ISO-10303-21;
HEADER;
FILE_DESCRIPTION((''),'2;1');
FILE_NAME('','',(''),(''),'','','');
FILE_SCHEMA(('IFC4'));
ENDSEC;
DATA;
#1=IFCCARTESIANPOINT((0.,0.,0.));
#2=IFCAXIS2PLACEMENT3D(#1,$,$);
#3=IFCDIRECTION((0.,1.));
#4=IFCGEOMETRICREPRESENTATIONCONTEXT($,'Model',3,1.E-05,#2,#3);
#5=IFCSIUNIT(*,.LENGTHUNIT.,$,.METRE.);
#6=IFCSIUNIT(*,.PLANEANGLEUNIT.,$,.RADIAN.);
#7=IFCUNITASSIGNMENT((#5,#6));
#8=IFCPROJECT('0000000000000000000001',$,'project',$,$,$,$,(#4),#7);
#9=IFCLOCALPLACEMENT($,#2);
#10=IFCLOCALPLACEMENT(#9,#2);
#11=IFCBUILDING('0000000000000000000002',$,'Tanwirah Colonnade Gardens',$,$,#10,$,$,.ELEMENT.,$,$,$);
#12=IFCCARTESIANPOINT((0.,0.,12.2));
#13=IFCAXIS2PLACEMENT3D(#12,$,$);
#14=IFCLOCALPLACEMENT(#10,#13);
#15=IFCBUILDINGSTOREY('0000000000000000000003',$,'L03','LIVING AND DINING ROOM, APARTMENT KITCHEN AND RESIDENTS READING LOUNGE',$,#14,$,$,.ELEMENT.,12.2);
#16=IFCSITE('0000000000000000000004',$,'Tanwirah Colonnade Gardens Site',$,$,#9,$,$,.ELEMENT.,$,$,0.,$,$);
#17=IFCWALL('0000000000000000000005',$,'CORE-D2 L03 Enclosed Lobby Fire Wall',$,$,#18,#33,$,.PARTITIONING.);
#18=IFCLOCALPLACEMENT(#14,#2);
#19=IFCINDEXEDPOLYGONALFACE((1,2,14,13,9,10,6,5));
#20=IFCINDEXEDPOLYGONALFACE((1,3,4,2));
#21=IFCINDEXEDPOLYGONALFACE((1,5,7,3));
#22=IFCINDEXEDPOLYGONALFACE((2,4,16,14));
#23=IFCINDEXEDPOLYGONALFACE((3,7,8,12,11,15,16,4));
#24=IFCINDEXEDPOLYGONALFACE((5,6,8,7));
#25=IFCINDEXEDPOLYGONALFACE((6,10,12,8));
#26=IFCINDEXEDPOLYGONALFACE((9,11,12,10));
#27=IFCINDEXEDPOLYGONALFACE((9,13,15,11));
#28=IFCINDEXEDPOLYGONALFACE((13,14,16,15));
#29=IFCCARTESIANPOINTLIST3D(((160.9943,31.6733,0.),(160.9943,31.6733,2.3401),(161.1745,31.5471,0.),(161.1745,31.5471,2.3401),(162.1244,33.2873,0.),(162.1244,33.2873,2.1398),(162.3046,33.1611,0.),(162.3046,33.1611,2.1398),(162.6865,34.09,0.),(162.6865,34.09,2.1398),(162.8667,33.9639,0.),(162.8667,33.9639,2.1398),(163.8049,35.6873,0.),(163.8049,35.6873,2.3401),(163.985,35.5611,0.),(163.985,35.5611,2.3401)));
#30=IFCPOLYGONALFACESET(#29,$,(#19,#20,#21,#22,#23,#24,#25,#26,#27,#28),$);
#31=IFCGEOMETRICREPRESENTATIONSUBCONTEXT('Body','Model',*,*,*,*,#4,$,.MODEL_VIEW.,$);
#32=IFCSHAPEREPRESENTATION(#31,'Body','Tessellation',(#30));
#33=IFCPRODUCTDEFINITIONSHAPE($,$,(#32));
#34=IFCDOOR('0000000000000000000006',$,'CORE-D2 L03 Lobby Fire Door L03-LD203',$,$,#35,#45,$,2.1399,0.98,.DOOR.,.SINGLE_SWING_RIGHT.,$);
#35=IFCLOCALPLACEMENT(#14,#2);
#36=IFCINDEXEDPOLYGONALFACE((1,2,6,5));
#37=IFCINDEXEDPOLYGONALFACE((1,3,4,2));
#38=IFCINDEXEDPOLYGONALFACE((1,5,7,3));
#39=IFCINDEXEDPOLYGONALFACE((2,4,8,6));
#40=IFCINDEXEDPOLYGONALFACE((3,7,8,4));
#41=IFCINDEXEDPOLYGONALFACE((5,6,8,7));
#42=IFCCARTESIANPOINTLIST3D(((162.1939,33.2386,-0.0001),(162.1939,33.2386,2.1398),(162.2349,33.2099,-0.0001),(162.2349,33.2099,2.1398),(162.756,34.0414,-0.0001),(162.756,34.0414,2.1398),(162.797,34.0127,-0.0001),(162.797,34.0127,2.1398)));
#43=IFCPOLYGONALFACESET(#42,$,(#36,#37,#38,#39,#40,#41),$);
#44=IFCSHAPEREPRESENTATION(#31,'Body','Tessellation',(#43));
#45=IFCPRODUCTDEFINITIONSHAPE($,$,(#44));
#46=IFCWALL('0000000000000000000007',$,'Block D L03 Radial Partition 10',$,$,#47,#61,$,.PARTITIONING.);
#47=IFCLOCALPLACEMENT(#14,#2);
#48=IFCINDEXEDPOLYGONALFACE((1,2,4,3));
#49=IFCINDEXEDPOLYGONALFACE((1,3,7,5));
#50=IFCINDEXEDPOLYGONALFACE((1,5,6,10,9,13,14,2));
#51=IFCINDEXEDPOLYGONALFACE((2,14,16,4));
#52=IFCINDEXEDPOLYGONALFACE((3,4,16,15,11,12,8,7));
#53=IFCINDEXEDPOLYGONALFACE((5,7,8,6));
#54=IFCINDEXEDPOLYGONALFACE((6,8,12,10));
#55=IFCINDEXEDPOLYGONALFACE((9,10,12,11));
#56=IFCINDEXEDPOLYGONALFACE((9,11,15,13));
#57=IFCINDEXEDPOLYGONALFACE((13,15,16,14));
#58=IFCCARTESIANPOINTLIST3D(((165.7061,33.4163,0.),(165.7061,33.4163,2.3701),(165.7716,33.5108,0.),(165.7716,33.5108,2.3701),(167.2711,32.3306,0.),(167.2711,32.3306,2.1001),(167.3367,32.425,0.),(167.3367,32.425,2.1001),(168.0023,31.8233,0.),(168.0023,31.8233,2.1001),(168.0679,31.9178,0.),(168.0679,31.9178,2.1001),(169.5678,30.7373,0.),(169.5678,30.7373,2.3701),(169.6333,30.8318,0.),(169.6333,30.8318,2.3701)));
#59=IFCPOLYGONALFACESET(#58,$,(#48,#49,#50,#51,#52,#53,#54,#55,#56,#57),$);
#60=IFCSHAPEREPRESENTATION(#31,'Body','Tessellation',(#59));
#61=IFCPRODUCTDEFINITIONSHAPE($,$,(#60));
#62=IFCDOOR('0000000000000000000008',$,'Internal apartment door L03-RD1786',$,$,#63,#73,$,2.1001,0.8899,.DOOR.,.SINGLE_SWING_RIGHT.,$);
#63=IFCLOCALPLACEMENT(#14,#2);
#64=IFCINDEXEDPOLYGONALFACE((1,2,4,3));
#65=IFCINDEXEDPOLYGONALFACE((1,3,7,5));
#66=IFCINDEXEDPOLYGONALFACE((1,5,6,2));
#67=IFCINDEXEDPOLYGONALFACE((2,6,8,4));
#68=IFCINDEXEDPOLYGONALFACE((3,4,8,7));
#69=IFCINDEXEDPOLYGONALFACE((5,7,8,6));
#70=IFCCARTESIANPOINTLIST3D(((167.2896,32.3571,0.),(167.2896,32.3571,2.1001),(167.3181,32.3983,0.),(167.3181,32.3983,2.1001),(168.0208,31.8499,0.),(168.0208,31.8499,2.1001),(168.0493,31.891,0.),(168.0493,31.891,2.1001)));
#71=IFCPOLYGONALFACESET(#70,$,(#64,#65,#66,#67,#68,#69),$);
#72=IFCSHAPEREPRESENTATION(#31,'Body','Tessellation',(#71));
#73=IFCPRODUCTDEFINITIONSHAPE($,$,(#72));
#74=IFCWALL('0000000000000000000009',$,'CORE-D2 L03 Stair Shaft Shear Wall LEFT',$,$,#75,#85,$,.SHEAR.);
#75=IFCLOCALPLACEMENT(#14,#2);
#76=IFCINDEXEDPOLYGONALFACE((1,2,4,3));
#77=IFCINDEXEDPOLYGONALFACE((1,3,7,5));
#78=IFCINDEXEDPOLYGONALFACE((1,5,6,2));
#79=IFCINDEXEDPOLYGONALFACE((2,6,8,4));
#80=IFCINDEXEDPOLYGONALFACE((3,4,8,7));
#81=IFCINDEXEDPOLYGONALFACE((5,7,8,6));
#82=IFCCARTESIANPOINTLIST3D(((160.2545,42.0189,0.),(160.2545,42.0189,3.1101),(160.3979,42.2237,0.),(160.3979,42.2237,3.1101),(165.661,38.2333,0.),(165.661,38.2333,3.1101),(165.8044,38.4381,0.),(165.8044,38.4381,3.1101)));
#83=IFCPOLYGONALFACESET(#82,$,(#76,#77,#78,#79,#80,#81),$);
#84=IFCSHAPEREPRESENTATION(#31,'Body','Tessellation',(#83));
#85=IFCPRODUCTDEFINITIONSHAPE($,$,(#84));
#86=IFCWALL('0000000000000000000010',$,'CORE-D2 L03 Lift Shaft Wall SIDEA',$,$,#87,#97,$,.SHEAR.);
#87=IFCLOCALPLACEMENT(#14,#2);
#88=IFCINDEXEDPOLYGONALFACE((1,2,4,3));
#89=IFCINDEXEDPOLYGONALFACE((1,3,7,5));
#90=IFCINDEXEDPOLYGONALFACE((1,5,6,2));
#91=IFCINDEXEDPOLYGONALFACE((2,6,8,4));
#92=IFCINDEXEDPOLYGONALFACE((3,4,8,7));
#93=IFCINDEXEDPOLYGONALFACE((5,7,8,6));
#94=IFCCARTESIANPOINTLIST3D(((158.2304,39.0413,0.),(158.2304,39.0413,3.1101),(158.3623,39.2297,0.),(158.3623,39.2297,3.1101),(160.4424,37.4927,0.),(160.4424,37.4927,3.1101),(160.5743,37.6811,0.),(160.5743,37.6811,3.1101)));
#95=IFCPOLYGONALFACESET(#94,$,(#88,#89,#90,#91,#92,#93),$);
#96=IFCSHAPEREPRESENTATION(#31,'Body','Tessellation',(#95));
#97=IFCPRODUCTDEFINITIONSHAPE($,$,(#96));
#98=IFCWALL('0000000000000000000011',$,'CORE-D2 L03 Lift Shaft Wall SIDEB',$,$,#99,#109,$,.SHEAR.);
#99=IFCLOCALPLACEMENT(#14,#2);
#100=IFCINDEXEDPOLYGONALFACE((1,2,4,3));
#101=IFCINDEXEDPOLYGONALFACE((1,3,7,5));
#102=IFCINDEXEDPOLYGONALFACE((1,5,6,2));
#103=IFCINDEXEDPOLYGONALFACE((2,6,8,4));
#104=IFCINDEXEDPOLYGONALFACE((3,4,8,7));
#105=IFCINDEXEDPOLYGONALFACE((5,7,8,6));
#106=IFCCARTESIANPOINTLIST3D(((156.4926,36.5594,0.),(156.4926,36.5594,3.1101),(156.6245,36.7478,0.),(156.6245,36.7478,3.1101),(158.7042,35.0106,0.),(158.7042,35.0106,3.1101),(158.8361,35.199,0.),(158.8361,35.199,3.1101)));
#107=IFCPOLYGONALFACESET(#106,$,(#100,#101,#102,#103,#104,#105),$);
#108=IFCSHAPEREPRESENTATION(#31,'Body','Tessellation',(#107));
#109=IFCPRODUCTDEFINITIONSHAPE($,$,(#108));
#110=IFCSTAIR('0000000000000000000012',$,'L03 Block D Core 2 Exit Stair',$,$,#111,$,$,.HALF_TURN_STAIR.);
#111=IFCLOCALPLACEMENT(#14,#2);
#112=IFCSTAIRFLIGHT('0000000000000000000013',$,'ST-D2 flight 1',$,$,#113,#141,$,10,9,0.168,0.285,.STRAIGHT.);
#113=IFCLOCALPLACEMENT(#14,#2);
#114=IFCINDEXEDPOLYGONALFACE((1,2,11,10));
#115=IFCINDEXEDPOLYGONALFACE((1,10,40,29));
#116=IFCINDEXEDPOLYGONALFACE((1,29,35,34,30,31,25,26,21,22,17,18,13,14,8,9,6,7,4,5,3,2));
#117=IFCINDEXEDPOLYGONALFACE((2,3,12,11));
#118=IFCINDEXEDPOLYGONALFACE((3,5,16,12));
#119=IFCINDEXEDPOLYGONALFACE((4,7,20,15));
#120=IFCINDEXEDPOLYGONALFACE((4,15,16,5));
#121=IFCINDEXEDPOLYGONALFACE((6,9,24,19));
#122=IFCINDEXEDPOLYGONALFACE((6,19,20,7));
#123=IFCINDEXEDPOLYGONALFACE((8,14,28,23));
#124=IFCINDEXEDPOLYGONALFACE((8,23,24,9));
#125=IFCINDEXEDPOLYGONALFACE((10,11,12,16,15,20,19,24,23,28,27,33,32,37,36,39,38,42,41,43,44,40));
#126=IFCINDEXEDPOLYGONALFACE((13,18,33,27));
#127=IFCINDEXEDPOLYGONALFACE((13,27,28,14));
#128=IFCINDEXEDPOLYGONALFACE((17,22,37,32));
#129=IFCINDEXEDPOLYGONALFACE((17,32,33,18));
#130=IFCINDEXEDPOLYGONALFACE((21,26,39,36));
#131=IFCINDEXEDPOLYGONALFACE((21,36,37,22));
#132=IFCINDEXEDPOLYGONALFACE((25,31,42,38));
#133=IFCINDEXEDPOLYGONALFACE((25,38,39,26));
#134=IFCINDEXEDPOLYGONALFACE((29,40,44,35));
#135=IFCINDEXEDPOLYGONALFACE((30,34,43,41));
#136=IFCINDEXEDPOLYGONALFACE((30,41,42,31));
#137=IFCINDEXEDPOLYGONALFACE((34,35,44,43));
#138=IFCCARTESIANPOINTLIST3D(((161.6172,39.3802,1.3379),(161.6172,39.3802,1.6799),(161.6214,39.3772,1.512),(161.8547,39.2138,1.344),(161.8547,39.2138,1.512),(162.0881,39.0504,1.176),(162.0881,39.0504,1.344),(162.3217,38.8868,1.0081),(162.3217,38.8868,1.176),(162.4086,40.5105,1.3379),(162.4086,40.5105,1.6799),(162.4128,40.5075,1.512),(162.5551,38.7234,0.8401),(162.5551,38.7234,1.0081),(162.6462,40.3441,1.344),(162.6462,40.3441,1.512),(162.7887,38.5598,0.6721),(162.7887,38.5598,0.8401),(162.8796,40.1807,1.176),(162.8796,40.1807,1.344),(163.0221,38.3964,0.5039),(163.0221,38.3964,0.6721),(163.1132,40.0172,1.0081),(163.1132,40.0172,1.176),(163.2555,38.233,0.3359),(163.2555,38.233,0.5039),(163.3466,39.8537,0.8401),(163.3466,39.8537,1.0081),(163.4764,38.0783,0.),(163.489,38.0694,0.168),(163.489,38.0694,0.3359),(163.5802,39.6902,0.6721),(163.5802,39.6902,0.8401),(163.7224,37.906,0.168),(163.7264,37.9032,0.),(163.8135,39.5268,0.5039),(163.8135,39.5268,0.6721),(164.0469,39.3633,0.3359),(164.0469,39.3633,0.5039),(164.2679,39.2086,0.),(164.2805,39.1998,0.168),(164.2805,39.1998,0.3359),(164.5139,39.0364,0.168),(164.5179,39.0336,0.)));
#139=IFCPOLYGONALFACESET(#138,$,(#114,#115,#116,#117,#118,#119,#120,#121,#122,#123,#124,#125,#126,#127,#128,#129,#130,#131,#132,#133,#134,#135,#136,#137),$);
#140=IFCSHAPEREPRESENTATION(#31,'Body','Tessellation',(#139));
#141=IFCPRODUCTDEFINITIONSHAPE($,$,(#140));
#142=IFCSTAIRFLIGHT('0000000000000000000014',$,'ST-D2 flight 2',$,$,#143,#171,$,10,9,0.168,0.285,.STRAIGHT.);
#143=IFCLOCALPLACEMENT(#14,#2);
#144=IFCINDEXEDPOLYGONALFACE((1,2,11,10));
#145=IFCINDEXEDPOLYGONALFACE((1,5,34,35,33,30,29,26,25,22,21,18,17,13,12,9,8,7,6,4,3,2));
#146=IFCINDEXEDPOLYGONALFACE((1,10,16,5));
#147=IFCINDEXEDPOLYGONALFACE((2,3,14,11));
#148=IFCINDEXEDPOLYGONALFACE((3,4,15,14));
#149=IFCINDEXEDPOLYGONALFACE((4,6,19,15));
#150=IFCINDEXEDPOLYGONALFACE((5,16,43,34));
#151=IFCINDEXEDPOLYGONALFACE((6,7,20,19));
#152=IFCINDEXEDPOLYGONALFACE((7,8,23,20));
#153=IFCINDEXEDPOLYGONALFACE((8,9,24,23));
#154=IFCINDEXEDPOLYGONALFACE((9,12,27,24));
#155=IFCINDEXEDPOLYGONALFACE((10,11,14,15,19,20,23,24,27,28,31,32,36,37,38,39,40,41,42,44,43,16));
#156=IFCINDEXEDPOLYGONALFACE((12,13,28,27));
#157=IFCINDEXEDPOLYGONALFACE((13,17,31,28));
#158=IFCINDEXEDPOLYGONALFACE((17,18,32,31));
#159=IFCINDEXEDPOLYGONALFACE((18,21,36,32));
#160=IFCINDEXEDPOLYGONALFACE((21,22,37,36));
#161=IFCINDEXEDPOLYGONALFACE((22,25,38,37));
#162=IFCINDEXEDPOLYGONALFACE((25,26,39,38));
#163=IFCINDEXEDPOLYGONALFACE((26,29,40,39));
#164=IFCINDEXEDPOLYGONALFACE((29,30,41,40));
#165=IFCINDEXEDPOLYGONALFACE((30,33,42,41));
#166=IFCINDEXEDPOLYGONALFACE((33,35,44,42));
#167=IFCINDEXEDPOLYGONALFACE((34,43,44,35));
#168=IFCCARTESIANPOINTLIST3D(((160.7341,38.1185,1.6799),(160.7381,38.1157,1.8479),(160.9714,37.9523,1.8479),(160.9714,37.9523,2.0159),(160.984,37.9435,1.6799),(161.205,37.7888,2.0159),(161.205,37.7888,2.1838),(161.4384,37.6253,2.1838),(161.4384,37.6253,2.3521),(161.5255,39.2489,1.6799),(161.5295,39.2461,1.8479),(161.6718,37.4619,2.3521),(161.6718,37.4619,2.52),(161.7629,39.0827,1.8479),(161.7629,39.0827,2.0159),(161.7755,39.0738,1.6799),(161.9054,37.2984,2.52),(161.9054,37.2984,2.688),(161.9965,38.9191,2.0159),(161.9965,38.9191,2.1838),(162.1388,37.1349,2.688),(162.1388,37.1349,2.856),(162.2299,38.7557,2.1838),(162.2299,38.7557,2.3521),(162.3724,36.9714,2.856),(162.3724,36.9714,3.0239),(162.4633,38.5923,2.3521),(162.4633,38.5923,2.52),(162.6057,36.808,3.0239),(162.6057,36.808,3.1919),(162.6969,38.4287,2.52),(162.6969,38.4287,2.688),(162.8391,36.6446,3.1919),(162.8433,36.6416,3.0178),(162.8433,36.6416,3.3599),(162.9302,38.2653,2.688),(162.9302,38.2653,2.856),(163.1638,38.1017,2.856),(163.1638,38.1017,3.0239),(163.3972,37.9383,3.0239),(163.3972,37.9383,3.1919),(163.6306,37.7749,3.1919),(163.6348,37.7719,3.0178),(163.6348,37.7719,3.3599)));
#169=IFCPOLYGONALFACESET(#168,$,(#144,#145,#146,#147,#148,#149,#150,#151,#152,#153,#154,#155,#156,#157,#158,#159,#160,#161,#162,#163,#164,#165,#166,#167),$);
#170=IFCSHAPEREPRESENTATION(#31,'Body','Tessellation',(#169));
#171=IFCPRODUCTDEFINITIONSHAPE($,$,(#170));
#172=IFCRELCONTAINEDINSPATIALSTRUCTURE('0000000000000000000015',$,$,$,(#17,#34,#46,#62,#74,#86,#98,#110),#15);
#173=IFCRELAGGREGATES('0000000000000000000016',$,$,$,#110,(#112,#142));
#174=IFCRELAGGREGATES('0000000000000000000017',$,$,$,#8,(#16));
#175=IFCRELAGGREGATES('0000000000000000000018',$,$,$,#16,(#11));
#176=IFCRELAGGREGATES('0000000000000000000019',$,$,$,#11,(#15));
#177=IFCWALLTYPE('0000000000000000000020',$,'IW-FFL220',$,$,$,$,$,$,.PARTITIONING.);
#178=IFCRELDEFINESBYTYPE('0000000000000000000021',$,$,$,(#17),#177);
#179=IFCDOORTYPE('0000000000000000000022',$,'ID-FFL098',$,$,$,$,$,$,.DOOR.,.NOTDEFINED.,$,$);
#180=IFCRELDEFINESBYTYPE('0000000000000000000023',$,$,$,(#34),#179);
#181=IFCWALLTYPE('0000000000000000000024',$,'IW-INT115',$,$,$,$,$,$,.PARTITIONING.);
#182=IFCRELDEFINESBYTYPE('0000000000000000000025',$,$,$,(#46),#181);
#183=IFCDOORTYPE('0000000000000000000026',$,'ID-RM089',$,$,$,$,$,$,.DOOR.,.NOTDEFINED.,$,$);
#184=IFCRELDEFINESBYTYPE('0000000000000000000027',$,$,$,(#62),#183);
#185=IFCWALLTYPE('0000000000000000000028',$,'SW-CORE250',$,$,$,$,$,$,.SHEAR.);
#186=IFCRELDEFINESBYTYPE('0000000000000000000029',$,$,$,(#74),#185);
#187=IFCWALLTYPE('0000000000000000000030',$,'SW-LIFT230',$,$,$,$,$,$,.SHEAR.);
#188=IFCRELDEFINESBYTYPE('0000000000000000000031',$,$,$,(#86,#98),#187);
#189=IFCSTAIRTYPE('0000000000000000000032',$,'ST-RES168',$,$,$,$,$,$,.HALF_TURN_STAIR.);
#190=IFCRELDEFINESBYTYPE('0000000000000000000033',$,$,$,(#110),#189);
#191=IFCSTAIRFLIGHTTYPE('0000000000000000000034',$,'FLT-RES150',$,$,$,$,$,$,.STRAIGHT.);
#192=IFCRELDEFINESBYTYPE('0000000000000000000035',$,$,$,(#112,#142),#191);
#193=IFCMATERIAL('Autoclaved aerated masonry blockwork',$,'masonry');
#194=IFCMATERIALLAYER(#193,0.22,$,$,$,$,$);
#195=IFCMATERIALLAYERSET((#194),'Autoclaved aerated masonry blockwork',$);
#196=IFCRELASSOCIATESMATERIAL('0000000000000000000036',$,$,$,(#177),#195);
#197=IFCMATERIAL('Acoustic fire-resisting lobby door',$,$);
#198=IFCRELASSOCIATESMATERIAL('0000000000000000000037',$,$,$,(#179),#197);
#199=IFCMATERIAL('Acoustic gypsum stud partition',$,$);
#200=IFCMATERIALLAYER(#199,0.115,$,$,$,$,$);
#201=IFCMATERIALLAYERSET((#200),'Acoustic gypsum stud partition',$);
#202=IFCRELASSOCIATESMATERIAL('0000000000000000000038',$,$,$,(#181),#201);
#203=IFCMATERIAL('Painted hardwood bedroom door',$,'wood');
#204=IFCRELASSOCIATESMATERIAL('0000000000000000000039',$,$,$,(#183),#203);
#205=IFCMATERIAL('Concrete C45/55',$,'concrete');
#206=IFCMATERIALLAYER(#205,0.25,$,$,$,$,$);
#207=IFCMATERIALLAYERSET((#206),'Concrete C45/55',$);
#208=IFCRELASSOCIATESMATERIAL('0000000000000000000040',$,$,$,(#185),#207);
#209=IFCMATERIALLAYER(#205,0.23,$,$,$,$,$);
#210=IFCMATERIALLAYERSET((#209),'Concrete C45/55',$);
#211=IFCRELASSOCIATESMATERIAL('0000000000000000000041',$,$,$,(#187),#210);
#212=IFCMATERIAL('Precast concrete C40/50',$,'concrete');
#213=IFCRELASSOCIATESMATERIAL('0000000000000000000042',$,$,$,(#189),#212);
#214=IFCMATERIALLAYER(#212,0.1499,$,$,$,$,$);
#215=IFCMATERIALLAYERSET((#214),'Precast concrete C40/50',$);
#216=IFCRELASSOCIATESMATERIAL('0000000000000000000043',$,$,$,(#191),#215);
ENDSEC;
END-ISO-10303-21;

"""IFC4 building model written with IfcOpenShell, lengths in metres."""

from ifc_helpers import new_model, si_unit, direction, frame, frame_2d, origin, place, context, subcontext, project, spatial, polyline, rectangle, outline, extrude, material, layer, layer_set, type_object, element, fill, aggregate, save


model = new_model("IFC4")

# Units and contexts
model_context = context("Model", 3, precision=1e-05, world=origin(), true_north=direction((0.0, 1.0)))
body_context = subcontext(model_context, "Body", "Model", "MODEL_VIEW")
ifc_project = project(units=[si_unit("LENGTHUNIT", "METRE"), si_unit("PLANEANGLEUNIT", "RADIAN")], contexts=[model_context])

# Site, building, storey
site_placement = place(None, origin())
site = spatial("IfcSite", under=ifc_project, at=site_placement, Name="Tanwirah Colonnade Gardens Site", CompositionType="ELEMENT", RefElevation=0.0)
building_placement = place(site_placement, origin())
building = spatial("IfcBuilding", under=site, at=building_placement, Name="Tanwirah Colonnade Gardens", CompositionType="ELEMENT")
storey_placement = place(building_placement, frame((0.0, 0.0, 12.2)))
storey = spatial("IfcBuildingStorey", under=building, at=storey_placement, Name="L03", Description="LIVING AND DINING ROOM, APARTMENT KITCHEN AND RESIDENTS READING LOUNGE", CompositionType="ELEMENT", Elevation=12.2)

# Shared definitions
ifc_material_1 = material(Name="Precast concrete C40/50", Category="concrete")

# Walls, openings, doors
ifc_material_2 = material(Name="Autoclaved aerated masonry blockwork", Category="masonry")
ifc_layer_1 = layer(ifc_material_2, 0.22)
ifc_layer_set_1 = layer_set([ifc_layer_1], Name="Autoclaved aerated masonry blockwork")
wall_type_1 = type_object("IfcWallType", Name="IW-FFL220", PredefinedType="PARTITIONING", material=ifc_layer_set_1)
wall_1_placement = place(storey_placement, frame((163.895, 35.6243, 0.0), z_axis=(0.0, 0.0, 1.0), x_axis=(-0.573573, -0.819155, 0.0)))
wall_1 = element("IfcWall", 1, at=wall_1_placement, inside=storey, type_object=wall_type_1, Name="CORE-D2 L03 Enclosed Lobby Fire Wall", PredefinedType="PARTITIONING", context=body_context, shape_type="SweptSolid", body=[
    extrude(rectangle(XDim=4.9001, YDim=0.22, at=frame_2d((2.4502, 0.0))), origin(), (0.0, 0.0, 1.0), 2.3401),
])
opening_1_placement = place(wall_1_placement, frame((1.95, 0.0, 0.0)))
opening_1 = element("IfcOpeningElement", 2, at=opening_1_placement, cuts=wall_1, PredefinedType="OPENING", context=body_context, shape_type="SweptSolid", body=[
    extrude(rectangle(XDim=0.98, YDim=2.1399, at=frame_2d((0.49, 1.0698))), frame((0.0, 0.1199, 0.0), z_axis=(0.0, -1.0, 0.0), x_axis=(1.0, 0.0, 0.0)), (0.0, 0.0, 1.0), 0.24),
])
ifc_material_3 = material(Name="Acoustic fire-resisting lobby door")
door_type_1 = type_object("IfcDoorType", Name="ID-FFL098", OperationType="NOTDEFINED", PredefinedType="DOOR", material=ifc_material_3)
door_1_placement = place(opening_1_placement, origin())
door_1 = element("IfcDoor", 3, at=door_1_placement, inside=storey, type_object=door_type_1, Name="CORE-D2 L03 Lobby Fire Door L03-LD203", OperationType="SINGLE_SWING_RIGHT", OverallHeight=2.1399, OverallWidth=0.98, PredefinedType="DOOR", context=body_context, shape_type="SweptSolid", body=[
    extrude(rectangle(XDim=0.98, YDim=2.1399, at=frame_2d((0.49, 1.0698))), frame((0.0, 0.0249, 0.0), z_axis=(0.0, -1.0, 0.0), x_axis=(1.0, 0.0, 0.0)), (0.0, 0.0, 1.0), 0.05),
])
fill(opening_1, door_1)
ifc_material_4 = material(Name="Acoustic gypsum stud partition")
ifc_layer_2 = layer(ifc_material_4, 0.115)
ifc_layer_set_2 = layer_set([ifc_layer_2], Name="Acoustic gypsum stud partition")
wall_type_2 = type_object("IfcWallType", Name="IW-INT115", PredefinedType="PARTITIONING", material=ifc_layer_set_2)
wall_2_placement = place(storey_placement, frame((165.7388, 33.4636, 0.0), z_axis=(0.0, 0.0, 1.0), x_axis=(0.821638, -0.570009, 0.0)))
wall_2 = element("IfcWall", 4, at=wall_2_placement, inside=storey, type_object=wall_type_2, Name="Block D L03 Radial Partition 10", PredefinedType="PARTITIONING", context=body_context, shape_type="SweptSolid", body=[
    extrude(rectangle(XDim=4.7, YDim=0.115, at=frame_2d((2.3501, 0.0))), origin(), (0.0, 0.0, 1.0), 2.3701),
])
opening_2_placement = place(wall_2_placement, frame((1.905, 0.0, 0.0)))
opening_2 = element("IfcOpeningElement", 5, at=opening_2_placement, cuts=wall_2, PredefinedType="OPENING", context=body_context, shape_type="SweptSolid", body=[
    extrude(rectangle(XDim=0.8899, YDim=2.1001, at=frame_2d((0.4448, 1.05))), frame((0.0, 0.0674, 0.0), z_axis=(0.0, -1.0, 0.0), x_axis=(1.0, 0.0, 0.0)), (0.0, 0.0, 1.0), 0.135),
])
ifc_material_5 = material(Name="Painted hardwood bedroom door", Category="wood")
door_type_2 = type_object("IfcDoorType", Name="ID-RM089", OperationType="NOTDEFINED", PredefinedType="DOOR", material=ifc_material_5)
door_2_placement = place(opening_2_placement, origin())
door_2 = element("IfcDoor", 6, at=door_2_placement, inside=storey, type_object=door_type_2, Name="Internal apartment door L03-RD1786", OperationType="SINGLE_SWING_RIGHT", OverallHeight=2.1001, OverallWidth=0.8899, PredefinedType="DOOR", context=body_context, shape_type="SweptSolid", body=[
    extrude(rectangle(XDim=0.8899, YDim=2.1001, at=frame_2d((0.4448, 1.05))), frame((0.0, 0.0249, 0.0), z_axis=(0.0, -1.0, 0.0), x_axis=(1.0, 0.0, 0.0)), (0.0, 0.0, 1.0), 0.05),
])
fill(opening_2, door_2)

# Wall
ifc_material_6 = material(Name="Concrete C45/55", Category="concrete")
ifc_layer_3 = layer(ifc_material_6, 0.25)
ifc_layer_set_3 = layer_set([ifc_layer_3], Name="Concrete C45/55")
wall_type_3 = type_object("IfcWallType", Name="SW-CORE250", PredefinedType="SHEAR", material=ifc_layer_set_3)
wall_3_placement = place(storey_placement, frame((165.7327, 38.3357, 0.0), z_axis=(0.0, 0.0, 1.0), x_axis=(-0.819154, 0.573574, 0.0)))
element("IfcWall", 7, at=wall_3_placement, inside=storey, type_object=wall_type_3, Name="CORE-D2 L03 Stair Shaft Shear Wall LEFT", PredefinedType="SHEAR", context=body_context, shape_type="SweptSolid", body=[
    extrude(rectangle(XDim=6.6001, YDim=0.25, at=frame_2d((3.3, 0.0))), origin(), (0.0, 0.0, 1.0), 3.1101),
])

# Shared definitions
ifc_layer_4 = layer(ifc_material_6, 0.23)
ifc_layer_set_4 = layer_set([ifc_layer_4], Name="Concrete C45/55")
wall_type_4 = type_object("IfcWallType", Name="SW-LIFT230", PredefinedType="SHEAR", material=ifc_layer_set_4)

# Walls
wall_4_placement = place(storey_placement, frame((160.5083, 37.5869, 0.0), z_axis=(0.0, 0.0, 1.0), x_axis=(-0.819189, 0.573523, 0.0)))
element("IfcWall", 8, at=wall_4_placement, inside=storey, type_object=wall_type_4, Name="CORE-D2 L03 Lift Shaft Wall SIDEA", PredefinedType="SHEAR", context=body_context, shape_type="SweptSolid", body=[
    extrude(rectangle(XDim=2.7002, YDim=0.23, at=frame_2d((1.3501, 0.0))), origin(), (0.0, 0.0, 1.0), 3.1101),
])
wall_5_placement = place(storey_placement, frame((158.7703, 35.1047, 0.0), z_axis=(0.0, 0.0, 1.0), x_axis=(-0.819117, 0.573626, 0.0)))
element("IfcWall", 9, at=wall_5_placement, inside=storey, type_object=wall_type_4, Name="CORE-D2 L03 Lift Shaft Wall SIDEB", PredefinedType="SHEAR", context=body_context, shape_type="SweptSolid", body=[
    extrude(rectangle(XDim=2.7, YDim=0.23, at=frame_2d((1.3501, 0.0))), origin(), (0.0, 0.0, 1.0), 3.1101),
])

# Stair, stair flights
stair_type = type_object("IfcStairType", Name="ST-RES168", PredefinedType="HALF_TURN_STAIR", material=ifc_material_1)
stair_placement = place(storey_placement, origin())
stair = element("IfcStair", 10, at=stair_placement, inside=storey, type_object=stair_type, Name="L03 Block D Core 2 Exit Stair", PredefinedType="HALF_TURN_STAIR")
ifc_layer_5 = layer(ifc_material_1, 0.1499)
ifc_layer_set_5 = layer_set([ifc_layer_5], Name="Precast concrete C40/50")
stair_flight_type = type_object("IfcStairFlightType", Name="FLT-RES150", PredefinedType="STRAIGHT", material=ifc_layer_set_5)
stair_flight_1_placement = place(storey_placement, frame((164.1182, 38.4712, 0.0), z_axis=(0.0, 0.0, 1.0), x_axis=(-0.819152, 0.573576, 0.0)))
stair_flight_1 = element("IfcStairFlight", 11, at=stair_flight_1_placement, type_object=stair_flight_type, Name="ST-D2 flight 1", NumberOfRisers=10, NumberOfTreads=9, PredefinedType="STRAIGHT", RiserHeight=0.168, TreadLength=0.285, context=body_context, shape_type="SweptSolid", body=[
    extrude(outline(polyline([(-0.0049, 0.0), (0.0, 0.168), (0.2849, 0.168), (0.2849, 0.3359), (0.5701, 0.3359), (0.5701, 0.5039), (0.855, 0.5039), (0.855, 0.6721), (1.1399, 0.6721), (1.1399, 0.8401), (1.425, 0.8401), (1.425, 1.0081), (1.71, 1.0081), (1.71, 1.176), (1.9951, 1.176), (1.9951, 1.344), (2.28, 1.344), (2.28, 1.512), (2.5649, 1.512), (2.5701, 1.6799), (2.5701, 1.3379), (0.3003, 0.0), (-0.0049, 0.0)])), frame((0.0, 0.6899, 0.0), z_axis=(0.0, -1.0, 0.0), x_axis=(1.0, 0.0, 0.0)), (0.0, 0.0, 1.0), 1.3799),
])
stair_flight_2_placement = place(storey_placement, frame((161.1338, 38.6809, 1.6799), z_axis=(0.0, 0.0, 1.0), x_axis=(0.819152, -0.573576, 0.0)))
stair_flight_2 = element("IfcStairFlight", 12, at=stair_flight_2_placement, type_object=stair_flight_type, Name="ST-D2 flight 2", NumberOfRisers=10, NumberOfTreads=9, PredefinedType="STRAIGHT", RiserHeight=0.168, TreadLength=0.285, context=body_context, shape_type="SweptSolid", body=[
    extrude(outline(polyline([(-0.0049, 0.0), (0.0, 0.168), (0.2849, 0.168), (0.2849, 0.3359), (0.5701, 0.3359), (0.5701, 0.5039), (0.855, 0.5039), (0.855, 0.6721), (1.1399, 0.6721), (1.1399, 0.8401), (1.425, 0.8401), (1.425, 1.0081), (1.71, 1.0081), (1.71, 1.176), (1.9951, 1.176), (1.9951, 1.344), (2.28, 1.344), (2.28, 1.512), (2.5649, 1.512), (2.5701, 1.6799), (2.5701, 1.3379), (0.3003, 0.0), (-0.0049, 0.0)])), frame((0.0, 0.6899, 0.0), z_axis=(0.0, -1.0, 0.0), x_axis=(1.0, 0.0, 0.0)), (0.0, 0.0, 1.0), 1.3799),
])
aggregate(stair, [stair_flight_1, stair_flight_2])

save(model, "model.ifc")
